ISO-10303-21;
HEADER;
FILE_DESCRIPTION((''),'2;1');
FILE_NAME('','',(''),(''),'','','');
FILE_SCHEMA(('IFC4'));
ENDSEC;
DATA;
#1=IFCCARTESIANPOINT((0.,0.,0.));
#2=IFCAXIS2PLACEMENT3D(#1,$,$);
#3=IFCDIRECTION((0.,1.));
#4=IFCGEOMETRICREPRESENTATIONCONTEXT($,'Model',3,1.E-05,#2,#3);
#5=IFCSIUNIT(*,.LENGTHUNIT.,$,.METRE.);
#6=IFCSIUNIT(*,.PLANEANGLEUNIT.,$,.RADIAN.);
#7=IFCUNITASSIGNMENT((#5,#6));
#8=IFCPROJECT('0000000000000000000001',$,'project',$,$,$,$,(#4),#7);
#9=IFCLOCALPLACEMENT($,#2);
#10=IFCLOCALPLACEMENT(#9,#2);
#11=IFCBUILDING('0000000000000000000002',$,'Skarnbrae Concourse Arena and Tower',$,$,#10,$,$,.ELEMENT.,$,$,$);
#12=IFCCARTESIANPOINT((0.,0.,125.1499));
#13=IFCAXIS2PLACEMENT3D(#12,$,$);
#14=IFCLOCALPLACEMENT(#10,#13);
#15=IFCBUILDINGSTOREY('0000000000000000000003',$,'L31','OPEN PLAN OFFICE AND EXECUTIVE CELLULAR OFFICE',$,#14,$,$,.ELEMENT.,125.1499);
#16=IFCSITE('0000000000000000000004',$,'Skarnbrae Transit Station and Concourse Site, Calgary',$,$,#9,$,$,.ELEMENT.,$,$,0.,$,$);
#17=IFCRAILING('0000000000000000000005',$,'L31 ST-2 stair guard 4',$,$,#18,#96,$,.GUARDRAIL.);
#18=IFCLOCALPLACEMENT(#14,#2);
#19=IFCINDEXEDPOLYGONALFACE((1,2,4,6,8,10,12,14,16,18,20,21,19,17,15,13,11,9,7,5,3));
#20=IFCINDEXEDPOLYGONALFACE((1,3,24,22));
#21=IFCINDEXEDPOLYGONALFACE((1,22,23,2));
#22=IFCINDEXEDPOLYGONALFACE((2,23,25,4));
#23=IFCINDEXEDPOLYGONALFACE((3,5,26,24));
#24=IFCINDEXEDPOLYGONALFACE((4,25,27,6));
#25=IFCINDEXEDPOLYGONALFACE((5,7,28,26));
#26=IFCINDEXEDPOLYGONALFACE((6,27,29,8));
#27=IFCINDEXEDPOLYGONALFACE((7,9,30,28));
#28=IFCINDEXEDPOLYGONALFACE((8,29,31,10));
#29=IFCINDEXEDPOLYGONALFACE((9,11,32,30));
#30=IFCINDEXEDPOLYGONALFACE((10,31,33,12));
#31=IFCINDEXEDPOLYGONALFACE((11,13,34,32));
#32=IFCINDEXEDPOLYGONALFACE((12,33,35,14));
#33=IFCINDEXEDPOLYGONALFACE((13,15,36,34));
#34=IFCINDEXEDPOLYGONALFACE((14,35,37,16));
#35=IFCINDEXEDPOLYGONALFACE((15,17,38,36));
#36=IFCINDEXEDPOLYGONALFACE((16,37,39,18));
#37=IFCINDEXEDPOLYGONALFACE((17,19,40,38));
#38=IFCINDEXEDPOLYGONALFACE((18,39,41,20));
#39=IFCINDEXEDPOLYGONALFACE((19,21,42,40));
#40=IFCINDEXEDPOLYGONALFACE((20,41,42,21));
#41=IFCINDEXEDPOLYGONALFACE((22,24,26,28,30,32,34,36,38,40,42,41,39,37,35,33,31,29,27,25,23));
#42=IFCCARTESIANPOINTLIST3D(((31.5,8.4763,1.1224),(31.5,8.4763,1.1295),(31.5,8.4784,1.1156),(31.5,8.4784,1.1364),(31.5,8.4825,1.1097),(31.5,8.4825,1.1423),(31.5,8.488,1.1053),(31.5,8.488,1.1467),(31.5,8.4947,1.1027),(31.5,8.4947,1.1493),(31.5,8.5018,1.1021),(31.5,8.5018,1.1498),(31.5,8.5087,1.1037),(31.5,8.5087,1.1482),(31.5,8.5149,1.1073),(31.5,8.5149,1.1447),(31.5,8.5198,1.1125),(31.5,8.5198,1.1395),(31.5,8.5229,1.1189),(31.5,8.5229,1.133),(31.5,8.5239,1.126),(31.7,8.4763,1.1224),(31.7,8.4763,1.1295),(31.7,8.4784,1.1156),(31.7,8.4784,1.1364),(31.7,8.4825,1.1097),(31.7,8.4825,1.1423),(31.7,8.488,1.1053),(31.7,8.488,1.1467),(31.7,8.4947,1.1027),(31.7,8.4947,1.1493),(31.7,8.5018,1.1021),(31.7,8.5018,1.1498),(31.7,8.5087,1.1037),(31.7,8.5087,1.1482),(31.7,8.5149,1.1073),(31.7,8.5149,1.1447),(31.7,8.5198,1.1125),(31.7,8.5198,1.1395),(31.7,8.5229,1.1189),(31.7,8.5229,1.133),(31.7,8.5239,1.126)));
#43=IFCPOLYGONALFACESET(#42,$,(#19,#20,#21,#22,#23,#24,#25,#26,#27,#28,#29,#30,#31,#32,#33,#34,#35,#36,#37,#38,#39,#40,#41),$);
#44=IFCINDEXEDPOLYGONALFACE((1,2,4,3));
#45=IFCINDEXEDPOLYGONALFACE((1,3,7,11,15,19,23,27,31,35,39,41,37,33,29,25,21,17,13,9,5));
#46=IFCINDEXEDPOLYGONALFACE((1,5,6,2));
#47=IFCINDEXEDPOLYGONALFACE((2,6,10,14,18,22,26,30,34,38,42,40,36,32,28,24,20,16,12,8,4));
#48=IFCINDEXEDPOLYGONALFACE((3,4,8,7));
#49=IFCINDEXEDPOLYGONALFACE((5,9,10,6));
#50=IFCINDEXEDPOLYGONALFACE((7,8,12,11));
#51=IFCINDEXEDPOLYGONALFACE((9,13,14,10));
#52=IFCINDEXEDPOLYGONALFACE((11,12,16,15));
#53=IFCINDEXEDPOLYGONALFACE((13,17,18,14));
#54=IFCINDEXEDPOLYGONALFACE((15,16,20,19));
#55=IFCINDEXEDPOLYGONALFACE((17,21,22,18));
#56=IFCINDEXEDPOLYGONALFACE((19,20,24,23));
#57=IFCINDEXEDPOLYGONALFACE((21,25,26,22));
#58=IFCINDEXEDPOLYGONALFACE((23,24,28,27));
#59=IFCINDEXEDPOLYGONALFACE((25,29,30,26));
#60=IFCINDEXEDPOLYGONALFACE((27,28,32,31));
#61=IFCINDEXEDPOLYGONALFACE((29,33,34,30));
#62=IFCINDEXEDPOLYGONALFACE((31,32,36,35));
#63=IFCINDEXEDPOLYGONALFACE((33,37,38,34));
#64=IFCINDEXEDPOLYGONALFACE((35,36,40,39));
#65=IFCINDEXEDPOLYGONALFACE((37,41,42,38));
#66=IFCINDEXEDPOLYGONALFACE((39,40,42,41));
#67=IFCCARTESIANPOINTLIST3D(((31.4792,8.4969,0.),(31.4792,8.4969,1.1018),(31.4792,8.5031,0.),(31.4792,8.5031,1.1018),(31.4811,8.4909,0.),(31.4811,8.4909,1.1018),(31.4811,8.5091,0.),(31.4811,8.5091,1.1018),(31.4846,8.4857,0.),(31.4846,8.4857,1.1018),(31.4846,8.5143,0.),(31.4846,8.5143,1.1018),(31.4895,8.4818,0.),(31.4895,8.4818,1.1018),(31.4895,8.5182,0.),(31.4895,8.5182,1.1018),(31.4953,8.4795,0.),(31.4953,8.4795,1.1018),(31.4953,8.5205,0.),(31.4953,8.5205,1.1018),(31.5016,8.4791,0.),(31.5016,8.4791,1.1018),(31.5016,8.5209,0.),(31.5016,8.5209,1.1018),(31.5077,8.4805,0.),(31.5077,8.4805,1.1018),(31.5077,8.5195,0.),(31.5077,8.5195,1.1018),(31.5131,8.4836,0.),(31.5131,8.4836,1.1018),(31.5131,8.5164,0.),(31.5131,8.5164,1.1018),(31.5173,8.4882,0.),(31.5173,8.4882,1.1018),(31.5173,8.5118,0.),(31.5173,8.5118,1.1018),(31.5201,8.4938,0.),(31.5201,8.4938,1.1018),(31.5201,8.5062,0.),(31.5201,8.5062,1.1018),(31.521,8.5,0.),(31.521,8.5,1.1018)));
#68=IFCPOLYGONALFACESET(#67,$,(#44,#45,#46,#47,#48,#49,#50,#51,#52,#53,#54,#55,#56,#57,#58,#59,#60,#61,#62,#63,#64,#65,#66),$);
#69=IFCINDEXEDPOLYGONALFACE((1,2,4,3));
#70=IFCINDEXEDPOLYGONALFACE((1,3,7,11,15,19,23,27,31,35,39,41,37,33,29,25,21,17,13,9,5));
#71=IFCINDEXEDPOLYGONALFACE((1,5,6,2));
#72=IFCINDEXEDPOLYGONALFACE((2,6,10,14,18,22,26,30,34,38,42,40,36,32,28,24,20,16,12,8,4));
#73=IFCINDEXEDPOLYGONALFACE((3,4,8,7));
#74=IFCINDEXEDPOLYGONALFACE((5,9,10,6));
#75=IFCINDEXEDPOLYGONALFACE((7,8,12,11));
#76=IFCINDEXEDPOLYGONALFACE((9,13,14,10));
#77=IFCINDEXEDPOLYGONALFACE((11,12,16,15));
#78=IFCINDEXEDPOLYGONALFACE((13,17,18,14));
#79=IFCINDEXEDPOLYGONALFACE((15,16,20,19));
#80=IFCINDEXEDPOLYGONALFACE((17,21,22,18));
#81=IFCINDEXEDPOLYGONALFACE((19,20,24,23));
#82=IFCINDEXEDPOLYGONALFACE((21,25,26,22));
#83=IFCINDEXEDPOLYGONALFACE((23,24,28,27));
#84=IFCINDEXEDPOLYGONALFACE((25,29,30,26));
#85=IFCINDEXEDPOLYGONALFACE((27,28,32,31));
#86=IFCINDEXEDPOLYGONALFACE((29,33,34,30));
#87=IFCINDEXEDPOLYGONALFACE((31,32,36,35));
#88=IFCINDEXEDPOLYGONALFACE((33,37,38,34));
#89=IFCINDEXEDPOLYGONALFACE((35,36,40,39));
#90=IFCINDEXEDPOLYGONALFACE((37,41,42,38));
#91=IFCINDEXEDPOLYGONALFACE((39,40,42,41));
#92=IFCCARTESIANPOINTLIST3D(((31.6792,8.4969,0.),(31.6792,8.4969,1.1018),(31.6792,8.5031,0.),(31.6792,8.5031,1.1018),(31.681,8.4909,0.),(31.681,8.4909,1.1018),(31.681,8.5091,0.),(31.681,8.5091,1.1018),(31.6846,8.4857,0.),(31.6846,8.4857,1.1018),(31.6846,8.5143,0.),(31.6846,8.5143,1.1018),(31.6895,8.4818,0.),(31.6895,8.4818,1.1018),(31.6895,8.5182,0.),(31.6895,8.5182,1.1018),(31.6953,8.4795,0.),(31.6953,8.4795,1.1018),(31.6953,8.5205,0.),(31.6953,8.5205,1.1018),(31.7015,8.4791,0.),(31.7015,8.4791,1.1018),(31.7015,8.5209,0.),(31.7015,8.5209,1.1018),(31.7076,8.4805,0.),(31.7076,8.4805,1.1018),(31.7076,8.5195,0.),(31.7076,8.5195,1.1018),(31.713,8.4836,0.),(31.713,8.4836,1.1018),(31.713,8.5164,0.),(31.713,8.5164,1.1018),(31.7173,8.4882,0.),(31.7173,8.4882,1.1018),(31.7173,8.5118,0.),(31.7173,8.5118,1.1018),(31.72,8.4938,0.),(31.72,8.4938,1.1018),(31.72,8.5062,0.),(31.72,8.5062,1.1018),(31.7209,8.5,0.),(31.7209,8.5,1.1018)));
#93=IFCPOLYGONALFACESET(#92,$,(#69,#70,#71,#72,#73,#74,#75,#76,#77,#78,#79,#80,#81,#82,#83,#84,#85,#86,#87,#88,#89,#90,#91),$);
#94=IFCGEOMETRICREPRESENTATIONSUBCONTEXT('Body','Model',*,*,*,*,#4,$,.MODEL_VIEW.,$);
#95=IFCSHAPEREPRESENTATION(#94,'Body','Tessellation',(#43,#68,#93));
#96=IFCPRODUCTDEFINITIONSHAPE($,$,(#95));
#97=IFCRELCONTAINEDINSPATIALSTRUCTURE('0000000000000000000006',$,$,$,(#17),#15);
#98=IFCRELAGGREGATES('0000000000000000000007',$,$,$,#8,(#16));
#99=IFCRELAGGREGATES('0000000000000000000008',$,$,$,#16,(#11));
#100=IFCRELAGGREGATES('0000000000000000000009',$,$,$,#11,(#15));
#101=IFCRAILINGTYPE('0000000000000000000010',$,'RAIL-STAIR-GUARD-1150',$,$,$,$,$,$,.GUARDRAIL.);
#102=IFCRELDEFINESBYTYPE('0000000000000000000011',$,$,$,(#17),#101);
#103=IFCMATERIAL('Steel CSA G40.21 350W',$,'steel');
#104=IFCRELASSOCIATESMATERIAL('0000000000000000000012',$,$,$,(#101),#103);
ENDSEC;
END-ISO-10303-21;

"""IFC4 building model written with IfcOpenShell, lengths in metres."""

from ifc_helpers import new_model, si_unit, direction, frame, origin, origin_2d, place, context, subcontext, project, spatial, circle, extrude, material, type_object, element, save


model = new_model("IFC4")

# Units and contexts
model_context = context("Model", 3, precision=1e-05, world=origin(), true_north=direction((0.0, 1.0)))
body_context = subcontext(model_context, "Body", "Model", "MODEL_VIEW")
ifc_project = project(units=[si_unit("LENGTHUNIT", "METRE"), si_unit("PLANEANGLEUNIT", "RADIAN")], contexts=[model_context])

# Site, building, storey
site_placement = place(None, origin())
site = spatial("IfcSite", under=ifc_project, at=site_placement, Name="Skarnbrae Transit Station and Concourse Site, Calgary", CompositionType="ELEMENT", RefElevation=0.0)
building_placement = place(site_placement, origin())
building = spatial("IfcBuilding", under=site, at=building_placement, Name="Skarnbrae Concourse Arena and Tower", CompositionType="ELEMENT")
storey_placement = place(building_placement, frame((0.0, 0.0, 125.1499)))
storey = spatial("IfcBuildingStorey", under=building, at=storey_placement, Name="L31", Description="OPEN PLAN OFFICE AND EXECUTIVE CELLULAR OFFICE", CompositionType="ELEMENT", Elevation=125.1499)

# Shared definitions
ifc_material_1 = material(Name="Steel CSA G40.21 350W", Category="steel")

# Railing
railing_type_1 = type_object("IfcRailingType", Name="RAIL-STAIR-GUARD-1150", PredefinedType="GUARDRAIL", material=ifc_material_1)
railing_1_placement = place(storey_placement, frame((31.5, 8.5, 0.0)))
element("IfcRailing", 1, at=railing_1_placement, inside=storey, type_object=railing_type_1, Name="L31 ST-2 stair guard 4", PredefinedType="GUARDRAIL", context=body_context, shape_type="SweptSolid", body=[
    extrude(circle(Radius=0.0239, at=origin_2d()), frame((0.0, 0.0, 1.126), z_axis=(1.0, 0.0, 0.0), x_axis=(0.0, 1.0, 0.0)), (0.0, 0.0, 1.0), 0.2),
    extrude(circle(Radius=0.021, at=origin_2d()), origin(), (0.0, 0.0, 1.0), 1.1018),
    extrude(circle(Radius=0.021, at=origin_2d()), frame((0.2, 0.0, 0.0)), (0.0, 0.0, 1.0), 1.1018),
])

save(model, "model.ifc")
